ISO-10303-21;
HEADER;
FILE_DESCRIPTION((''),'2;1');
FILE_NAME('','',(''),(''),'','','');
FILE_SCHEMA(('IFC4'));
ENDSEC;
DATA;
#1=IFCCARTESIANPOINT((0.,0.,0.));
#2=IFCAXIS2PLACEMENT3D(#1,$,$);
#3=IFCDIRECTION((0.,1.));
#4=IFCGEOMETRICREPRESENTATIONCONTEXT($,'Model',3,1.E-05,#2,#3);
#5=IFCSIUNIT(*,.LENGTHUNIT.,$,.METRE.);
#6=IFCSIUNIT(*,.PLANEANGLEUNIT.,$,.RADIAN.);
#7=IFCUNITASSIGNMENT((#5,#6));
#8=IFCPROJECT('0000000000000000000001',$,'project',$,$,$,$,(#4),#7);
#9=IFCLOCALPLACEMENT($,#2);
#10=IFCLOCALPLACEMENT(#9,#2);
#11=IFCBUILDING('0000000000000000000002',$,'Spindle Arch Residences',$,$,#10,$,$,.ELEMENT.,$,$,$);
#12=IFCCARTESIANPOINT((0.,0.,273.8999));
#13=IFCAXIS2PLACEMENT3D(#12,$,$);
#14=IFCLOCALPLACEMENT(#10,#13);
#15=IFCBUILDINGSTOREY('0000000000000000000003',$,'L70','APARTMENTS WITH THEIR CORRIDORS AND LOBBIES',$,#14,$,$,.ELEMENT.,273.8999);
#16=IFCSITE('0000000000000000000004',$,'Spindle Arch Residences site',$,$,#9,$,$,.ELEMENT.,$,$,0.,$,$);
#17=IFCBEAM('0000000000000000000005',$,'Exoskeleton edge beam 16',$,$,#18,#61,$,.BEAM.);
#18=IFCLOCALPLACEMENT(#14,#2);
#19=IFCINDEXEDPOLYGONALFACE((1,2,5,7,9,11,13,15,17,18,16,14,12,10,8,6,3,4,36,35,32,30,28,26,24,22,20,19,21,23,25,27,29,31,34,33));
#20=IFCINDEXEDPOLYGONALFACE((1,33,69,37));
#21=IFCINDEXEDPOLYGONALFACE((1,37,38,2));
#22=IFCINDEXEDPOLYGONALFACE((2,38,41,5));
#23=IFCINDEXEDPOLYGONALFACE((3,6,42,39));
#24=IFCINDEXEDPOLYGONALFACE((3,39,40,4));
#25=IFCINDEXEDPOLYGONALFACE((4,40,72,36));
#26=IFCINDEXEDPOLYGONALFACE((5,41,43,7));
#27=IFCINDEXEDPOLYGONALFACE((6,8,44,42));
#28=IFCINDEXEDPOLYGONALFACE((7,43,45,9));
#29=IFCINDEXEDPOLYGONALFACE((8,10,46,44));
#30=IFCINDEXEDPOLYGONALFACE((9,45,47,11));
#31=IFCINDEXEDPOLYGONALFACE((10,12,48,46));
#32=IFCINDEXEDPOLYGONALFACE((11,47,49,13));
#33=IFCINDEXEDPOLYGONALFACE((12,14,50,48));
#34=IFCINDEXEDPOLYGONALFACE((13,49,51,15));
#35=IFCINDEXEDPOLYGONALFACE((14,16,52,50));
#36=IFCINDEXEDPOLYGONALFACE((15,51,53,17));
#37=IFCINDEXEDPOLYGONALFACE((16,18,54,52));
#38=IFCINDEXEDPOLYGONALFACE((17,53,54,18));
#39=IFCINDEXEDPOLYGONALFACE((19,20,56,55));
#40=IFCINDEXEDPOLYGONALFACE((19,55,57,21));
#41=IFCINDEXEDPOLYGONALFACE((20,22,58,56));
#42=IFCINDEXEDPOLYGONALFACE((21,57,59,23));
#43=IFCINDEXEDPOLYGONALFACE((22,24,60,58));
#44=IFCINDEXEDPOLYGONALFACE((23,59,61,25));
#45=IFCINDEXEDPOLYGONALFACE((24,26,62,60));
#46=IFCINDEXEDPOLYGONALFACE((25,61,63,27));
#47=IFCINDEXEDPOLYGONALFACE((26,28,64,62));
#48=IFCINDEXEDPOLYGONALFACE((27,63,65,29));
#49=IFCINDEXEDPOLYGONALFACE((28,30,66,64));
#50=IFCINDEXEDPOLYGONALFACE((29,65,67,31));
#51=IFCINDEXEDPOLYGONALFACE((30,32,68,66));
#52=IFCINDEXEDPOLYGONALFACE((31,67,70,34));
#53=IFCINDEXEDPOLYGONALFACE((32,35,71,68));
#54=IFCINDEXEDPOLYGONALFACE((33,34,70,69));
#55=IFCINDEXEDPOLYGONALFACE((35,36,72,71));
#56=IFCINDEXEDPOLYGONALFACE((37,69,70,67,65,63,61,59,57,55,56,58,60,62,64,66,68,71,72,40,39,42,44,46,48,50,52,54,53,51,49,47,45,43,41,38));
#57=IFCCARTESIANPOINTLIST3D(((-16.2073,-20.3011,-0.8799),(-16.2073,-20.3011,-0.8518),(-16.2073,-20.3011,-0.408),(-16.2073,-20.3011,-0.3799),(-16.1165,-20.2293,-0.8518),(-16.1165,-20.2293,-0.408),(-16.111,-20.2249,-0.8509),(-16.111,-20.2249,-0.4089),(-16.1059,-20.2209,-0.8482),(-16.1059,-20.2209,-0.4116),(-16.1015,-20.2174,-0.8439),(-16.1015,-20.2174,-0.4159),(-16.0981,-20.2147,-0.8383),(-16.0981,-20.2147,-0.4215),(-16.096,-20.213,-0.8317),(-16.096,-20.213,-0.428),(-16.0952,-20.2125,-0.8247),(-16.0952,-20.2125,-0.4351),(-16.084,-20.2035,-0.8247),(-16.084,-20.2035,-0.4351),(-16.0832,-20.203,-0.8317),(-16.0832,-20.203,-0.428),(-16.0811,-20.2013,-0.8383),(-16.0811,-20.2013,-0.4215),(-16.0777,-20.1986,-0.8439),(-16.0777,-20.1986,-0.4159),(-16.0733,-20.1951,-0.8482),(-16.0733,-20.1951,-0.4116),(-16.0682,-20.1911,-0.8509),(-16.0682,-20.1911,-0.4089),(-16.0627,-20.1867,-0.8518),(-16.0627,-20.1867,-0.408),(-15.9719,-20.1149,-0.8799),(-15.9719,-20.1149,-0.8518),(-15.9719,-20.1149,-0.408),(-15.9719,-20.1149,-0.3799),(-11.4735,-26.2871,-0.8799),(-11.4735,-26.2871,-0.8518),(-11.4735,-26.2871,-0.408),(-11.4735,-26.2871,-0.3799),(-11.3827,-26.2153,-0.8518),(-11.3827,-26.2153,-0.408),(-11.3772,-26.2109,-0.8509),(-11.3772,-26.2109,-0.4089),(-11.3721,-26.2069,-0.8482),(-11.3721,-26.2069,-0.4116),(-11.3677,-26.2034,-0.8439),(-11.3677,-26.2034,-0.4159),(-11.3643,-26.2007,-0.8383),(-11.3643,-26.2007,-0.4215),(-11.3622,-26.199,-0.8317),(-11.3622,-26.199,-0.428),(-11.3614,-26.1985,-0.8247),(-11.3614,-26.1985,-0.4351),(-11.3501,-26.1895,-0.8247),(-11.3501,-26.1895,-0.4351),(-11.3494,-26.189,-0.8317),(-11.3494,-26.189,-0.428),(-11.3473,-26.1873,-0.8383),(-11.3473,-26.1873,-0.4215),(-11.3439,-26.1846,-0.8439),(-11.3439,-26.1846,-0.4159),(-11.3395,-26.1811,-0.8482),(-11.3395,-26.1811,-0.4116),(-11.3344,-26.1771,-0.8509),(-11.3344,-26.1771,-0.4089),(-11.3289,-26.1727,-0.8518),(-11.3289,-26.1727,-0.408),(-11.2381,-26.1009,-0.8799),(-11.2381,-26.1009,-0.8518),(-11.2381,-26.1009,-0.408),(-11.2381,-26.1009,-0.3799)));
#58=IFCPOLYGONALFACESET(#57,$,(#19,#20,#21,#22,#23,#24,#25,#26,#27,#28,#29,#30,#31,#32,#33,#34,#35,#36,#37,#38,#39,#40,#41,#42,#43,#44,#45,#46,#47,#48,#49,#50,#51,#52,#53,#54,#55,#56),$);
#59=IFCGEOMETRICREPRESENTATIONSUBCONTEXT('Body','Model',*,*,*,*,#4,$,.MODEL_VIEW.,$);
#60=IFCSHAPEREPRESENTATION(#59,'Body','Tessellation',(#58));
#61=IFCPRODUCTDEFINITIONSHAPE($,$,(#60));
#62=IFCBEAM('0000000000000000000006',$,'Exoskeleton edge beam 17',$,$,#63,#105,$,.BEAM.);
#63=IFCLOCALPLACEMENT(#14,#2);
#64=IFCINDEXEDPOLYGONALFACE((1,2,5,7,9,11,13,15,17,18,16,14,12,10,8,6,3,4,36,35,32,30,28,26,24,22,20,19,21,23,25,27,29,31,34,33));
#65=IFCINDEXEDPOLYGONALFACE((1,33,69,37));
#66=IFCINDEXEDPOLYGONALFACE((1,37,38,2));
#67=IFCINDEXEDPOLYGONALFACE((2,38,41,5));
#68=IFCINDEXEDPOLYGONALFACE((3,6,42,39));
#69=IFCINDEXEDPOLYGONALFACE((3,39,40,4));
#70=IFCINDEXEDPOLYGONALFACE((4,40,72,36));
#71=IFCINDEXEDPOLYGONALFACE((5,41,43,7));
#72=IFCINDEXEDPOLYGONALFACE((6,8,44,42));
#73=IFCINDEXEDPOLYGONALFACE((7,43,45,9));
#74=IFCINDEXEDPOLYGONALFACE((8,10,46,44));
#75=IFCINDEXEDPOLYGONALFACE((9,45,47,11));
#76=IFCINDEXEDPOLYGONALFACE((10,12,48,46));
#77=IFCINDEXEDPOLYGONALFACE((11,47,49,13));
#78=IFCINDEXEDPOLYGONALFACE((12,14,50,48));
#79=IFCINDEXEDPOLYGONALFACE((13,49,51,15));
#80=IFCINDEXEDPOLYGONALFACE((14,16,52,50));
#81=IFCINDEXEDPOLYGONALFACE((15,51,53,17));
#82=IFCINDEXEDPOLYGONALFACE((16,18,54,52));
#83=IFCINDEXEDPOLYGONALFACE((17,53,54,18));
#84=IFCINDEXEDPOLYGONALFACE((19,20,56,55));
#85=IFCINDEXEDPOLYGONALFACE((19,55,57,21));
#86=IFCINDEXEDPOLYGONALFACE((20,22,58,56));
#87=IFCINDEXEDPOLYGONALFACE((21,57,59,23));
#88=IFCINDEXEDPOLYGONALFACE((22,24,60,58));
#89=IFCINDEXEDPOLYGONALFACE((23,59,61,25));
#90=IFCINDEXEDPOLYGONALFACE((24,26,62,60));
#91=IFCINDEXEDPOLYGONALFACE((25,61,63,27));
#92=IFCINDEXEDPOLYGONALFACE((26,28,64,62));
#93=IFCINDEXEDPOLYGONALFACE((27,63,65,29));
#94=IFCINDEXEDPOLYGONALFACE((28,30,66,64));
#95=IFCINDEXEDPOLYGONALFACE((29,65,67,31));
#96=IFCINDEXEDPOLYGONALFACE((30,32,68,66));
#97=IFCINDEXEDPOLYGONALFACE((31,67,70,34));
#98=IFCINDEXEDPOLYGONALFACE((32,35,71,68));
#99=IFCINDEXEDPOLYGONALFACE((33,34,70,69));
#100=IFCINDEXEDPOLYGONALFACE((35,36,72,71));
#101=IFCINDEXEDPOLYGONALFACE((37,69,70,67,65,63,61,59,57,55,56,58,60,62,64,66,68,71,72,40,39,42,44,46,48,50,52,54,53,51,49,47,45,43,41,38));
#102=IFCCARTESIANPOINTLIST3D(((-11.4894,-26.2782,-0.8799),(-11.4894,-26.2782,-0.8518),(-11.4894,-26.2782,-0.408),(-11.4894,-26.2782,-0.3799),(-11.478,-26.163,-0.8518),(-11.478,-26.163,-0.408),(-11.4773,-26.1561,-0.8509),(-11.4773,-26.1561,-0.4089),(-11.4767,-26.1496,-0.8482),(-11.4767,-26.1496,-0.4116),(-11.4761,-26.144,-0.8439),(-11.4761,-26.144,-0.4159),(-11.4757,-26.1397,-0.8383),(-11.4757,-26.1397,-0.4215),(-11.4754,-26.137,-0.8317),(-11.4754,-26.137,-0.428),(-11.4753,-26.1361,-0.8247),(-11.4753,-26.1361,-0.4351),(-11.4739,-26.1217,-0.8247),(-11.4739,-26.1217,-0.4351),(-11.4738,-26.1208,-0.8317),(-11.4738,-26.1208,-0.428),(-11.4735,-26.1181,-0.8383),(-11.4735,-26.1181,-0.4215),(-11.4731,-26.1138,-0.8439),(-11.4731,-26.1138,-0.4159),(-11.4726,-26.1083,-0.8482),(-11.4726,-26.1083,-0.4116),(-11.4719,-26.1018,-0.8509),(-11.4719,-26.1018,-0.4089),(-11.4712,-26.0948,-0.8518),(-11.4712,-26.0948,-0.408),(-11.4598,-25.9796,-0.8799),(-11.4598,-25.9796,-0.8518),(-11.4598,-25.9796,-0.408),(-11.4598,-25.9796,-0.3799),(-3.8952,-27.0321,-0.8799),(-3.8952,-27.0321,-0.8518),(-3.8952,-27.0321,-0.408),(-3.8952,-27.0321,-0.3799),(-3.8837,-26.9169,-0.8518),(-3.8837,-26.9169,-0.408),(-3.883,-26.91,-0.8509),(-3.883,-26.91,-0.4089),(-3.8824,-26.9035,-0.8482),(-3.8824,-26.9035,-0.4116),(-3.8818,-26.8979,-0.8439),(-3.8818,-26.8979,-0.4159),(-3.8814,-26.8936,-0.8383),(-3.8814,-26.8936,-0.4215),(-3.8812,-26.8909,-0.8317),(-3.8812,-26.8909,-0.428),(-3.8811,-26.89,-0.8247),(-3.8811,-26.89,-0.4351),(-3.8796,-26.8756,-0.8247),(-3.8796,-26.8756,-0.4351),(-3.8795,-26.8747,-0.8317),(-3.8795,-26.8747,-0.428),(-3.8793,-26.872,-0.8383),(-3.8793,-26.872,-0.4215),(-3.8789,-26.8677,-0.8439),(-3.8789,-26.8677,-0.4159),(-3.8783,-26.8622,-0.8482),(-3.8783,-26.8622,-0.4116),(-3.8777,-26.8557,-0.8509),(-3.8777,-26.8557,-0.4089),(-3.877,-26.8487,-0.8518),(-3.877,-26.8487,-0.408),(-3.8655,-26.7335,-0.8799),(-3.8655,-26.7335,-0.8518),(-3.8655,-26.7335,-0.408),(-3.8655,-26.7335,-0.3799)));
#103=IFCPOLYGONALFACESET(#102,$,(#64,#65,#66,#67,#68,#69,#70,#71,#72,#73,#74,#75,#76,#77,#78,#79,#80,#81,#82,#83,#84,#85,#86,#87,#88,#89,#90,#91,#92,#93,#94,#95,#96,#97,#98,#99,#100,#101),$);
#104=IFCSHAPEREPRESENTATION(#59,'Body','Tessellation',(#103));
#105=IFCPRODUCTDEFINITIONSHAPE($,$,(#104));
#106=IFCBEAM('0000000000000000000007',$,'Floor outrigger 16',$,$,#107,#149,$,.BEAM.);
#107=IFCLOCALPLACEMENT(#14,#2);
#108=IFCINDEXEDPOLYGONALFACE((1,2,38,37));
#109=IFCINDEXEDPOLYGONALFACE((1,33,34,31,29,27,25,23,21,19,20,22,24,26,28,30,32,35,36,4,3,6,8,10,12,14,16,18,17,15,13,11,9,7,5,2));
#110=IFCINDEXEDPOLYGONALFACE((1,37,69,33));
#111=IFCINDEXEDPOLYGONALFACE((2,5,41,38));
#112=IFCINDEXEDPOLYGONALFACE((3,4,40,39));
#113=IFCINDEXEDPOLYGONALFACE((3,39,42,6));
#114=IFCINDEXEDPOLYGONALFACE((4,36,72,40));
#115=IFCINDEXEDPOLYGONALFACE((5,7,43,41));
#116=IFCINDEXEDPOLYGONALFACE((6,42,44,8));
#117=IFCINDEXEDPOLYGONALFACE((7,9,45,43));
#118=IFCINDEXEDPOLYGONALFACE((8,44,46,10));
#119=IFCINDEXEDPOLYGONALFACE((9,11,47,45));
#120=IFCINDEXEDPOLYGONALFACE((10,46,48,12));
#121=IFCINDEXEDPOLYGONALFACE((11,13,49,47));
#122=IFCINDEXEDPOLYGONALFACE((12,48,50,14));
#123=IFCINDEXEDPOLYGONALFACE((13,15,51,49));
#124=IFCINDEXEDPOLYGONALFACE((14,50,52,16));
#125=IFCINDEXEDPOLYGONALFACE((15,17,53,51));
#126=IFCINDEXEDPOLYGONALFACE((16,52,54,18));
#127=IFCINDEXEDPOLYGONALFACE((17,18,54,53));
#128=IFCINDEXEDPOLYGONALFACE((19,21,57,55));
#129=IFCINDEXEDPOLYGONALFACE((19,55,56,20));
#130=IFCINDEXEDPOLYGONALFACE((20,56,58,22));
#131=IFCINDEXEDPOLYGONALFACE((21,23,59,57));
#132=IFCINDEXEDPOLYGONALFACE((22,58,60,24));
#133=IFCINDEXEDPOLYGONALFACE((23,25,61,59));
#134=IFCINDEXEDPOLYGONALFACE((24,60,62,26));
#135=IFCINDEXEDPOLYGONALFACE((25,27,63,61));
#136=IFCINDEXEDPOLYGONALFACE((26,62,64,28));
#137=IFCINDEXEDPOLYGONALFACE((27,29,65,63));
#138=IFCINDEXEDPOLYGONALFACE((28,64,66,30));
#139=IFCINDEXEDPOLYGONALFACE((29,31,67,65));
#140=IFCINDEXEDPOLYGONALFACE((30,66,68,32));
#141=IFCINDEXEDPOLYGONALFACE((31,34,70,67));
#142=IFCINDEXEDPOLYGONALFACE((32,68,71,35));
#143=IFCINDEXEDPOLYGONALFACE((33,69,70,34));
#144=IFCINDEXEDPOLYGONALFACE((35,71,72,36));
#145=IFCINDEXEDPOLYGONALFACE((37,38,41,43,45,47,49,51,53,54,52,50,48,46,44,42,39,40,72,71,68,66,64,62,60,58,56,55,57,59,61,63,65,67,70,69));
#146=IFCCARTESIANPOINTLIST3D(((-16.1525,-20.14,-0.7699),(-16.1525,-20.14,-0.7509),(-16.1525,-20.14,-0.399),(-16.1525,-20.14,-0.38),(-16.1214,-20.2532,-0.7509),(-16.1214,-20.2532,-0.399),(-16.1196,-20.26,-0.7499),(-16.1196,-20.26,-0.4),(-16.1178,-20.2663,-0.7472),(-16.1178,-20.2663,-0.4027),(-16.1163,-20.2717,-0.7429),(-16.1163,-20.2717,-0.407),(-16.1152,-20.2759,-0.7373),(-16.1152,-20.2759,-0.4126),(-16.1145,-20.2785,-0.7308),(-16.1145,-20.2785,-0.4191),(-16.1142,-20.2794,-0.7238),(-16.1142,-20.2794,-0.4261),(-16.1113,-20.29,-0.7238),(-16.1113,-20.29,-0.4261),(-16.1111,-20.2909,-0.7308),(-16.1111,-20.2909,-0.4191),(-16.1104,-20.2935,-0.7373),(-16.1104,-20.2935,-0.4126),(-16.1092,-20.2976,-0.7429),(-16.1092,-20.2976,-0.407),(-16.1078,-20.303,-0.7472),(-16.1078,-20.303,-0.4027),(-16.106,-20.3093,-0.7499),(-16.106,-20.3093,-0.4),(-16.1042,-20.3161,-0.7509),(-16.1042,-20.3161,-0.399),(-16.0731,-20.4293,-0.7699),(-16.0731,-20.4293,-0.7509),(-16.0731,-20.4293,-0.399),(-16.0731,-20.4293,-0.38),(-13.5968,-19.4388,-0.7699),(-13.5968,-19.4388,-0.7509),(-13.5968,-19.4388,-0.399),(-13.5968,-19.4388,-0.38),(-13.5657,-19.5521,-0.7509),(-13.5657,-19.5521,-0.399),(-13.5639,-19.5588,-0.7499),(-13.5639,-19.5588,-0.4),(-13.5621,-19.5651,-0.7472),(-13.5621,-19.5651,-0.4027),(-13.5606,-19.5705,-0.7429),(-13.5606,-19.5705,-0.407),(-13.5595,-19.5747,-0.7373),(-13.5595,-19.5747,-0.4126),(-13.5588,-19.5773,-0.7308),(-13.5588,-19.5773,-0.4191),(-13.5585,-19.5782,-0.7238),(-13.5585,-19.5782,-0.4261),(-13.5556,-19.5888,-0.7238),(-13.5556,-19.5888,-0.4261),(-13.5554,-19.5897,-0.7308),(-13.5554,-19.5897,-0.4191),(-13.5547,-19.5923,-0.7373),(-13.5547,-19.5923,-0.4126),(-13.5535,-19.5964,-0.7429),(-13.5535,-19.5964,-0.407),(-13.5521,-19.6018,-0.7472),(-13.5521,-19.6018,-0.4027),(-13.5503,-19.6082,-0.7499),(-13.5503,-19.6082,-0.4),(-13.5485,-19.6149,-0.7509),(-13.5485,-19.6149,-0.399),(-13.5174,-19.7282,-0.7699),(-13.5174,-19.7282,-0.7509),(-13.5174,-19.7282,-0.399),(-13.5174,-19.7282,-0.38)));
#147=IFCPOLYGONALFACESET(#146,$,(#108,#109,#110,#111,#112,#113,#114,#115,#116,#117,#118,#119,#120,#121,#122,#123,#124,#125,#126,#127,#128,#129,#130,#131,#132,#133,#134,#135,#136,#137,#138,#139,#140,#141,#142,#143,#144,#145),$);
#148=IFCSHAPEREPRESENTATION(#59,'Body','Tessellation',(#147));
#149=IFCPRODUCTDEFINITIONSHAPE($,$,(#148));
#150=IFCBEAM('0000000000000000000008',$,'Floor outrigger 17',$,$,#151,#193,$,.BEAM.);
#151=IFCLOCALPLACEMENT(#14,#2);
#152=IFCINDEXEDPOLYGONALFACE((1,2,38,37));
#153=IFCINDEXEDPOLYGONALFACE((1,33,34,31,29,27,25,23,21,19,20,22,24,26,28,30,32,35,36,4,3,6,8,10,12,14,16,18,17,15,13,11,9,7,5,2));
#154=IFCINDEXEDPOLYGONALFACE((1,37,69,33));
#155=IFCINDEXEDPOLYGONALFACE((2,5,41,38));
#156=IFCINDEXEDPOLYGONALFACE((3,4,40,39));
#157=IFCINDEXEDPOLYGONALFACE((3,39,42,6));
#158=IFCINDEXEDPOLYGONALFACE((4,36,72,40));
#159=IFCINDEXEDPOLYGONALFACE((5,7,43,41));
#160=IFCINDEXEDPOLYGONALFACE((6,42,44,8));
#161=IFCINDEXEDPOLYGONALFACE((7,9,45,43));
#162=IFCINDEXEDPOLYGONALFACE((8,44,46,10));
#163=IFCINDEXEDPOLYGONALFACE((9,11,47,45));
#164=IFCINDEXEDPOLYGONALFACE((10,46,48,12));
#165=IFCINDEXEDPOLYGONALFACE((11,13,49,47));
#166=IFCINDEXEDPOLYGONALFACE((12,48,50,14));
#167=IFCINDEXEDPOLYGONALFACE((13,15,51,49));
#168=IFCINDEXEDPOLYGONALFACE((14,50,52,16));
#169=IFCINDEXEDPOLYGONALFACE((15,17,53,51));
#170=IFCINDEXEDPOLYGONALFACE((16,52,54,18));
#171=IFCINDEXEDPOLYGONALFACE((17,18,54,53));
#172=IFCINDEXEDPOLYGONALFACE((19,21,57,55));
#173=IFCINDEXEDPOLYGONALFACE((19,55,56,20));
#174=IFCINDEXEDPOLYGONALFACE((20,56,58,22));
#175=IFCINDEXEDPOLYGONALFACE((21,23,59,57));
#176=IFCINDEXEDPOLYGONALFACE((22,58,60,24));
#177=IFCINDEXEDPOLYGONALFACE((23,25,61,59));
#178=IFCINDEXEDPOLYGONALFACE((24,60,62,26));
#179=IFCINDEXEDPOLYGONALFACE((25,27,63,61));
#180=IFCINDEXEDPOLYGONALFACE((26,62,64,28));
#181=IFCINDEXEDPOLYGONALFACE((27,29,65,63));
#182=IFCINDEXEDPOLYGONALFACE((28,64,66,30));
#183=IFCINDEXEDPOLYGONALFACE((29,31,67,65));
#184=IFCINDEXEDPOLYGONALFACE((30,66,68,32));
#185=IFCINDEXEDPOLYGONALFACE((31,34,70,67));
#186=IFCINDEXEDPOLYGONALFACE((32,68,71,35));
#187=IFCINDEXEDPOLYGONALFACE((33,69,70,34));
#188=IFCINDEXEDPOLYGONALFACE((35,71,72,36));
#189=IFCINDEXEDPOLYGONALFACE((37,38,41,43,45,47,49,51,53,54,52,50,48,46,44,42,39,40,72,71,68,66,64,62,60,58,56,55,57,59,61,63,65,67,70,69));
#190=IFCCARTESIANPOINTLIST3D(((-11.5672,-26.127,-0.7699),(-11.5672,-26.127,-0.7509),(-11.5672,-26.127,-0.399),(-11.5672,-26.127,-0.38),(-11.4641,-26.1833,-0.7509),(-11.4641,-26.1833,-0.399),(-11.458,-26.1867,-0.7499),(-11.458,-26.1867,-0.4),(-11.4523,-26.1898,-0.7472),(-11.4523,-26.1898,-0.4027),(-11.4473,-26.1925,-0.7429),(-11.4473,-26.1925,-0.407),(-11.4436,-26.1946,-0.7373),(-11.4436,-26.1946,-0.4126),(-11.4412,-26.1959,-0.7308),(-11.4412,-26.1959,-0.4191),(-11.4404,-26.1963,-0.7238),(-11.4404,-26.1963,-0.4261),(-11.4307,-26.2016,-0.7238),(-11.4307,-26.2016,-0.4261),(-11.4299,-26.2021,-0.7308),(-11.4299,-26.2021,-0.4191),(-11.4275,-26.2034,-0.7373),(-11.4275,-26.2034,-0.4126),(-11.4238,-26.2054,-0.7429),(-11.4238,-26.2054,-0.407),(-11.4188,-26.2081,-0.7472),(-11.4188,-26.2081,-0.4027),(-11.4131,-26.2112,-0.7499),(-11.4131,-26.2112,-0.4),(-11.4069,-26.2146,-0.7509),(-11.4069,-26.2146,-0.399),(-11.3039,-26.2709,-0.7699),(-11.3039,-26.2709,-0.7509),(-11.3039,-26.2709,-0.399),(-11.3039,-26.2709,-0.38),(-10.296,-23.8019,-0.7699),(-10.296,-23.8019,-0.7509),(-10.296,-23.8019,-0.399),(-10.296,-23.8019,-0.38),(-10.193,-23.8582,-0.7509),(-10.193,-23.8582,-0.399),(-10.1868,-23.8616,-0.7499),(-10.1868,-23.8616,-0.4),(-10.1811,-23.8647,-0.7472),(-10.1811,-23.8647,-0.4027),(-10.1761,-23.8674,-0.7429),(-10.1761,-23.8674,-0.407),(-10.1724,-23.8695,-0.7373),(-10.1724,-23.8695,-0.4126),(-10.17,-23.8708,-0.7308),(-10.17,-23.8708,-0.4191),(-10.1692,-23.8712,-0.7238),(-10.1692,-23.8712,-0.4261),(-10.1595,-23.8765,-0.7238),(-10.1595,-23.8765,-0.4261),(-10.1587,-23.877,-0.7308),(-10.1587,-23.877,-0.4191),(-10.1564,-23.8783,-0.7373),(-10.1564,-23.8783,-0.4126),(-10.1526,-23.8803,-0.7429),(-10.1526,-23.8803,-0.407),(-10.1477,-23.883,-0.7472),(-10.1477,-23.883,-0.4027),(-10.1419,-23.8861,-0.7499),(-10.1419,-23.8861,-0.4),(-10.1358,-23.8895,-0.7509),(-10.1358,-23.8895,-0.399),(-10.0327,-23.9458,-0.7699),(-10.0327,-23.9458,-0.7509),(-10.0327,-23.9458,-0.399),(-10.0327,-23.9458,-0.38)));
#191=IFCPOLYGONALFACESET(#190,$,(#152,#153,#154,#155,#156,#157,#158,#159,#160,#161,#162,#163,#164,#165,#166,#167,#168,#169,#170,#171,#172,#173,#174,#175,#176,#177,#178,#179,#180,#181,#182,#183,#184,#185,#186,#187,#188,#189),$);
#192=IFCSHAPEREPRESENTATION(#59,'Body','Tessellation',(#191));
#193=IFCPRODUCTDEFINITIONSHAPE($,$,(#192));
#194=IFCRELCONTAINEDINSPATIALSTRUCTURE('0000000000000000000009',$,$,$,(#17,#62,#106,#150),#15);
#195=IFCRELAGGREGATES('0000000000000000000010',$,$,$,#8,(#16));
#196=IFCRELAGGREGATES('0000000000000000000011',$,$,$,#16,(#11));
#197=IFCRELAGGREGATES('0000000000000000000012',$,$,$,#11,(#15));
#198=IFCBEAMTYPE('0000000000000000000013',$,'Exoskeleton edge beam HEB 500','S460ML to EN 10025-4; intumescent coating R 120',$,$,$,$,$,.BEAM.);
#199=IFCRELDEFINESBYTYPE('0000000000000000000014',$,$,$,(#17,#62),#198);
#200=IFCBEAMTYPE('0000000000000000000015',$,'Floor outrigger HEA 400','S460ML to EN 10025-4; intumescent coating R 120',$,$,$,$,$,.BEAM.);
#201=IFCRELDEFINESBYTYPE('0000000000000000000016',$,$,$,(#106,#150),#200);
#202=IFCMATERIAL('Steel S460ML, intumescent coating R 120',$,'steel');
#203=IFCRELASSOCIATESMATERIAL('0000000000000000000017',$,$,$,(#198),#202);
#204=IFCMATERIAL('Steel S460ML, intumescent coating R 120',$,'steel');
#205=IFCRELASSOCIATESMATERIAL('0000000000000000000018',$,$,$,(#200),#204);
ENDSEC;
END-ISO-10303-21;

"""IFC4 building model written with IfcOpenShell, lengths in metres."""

from ifc_helpers import new_model, si_unit, direction, frame, origin, origin_2d, place, context, subcontext, project, spatial, i_section, extrude, material, material_profile, profile_set, type_object, element, save


model = new_model("IFC4")

# Units and contexts
model_context = context("Model", 3, precision=1e-05, world=origin(), true_north=direction((0.0, 1.0)))
body_context = subcontext(model_context, "Body", "Model", "MODEL_VIEW")
ifc_project = project(units=[si_unit("LENGTHUNIT", "METRE"), si_unit("PLANEANGLEUNIT", "RADIAN")], contexts=[model_context])

# Site, building, storey
site_placement = place(None, origin())
site = spatial("IfcSite", under=ifc_project, at=site_placement, Name="Spindle Arch Residences site", CompositionType="ELEMENT", RefElevation=0.0)
building_placement = place(site_placement, origin())
building = spatial("IfcBuilding", under=site, at=building_placement, Name="Spindle Arch Residences", CompositionType="ELEMENT")
storey_placement = place(building_placement, frame((0.0, 0.0, 273.8999)))
storey = spatial("IfcBuildingStorey", under=building, at=storey_placement, Name="L70", Description="APARTMENTS WITH THEIR CORRIDORS AND LOBBIES", CompositionType="ELEMENT", Elevation=273.8999)

# Beams
ifc_material_1 = material(Name="Steel S460ML, intumescent coating R 120", Category="steel")
ifc_material_profile_1 = material_profile(ifc_material_1, i_section(OverallWidth=0.3, OverallDepth=0.5, WebThickness=0.0144, FlangeThickness=0.0281, FilletRadius=0.0271, at=origin_2d()), Name="HEB 500")
ifc_profile_set_1 = profile_set([ifc_material_profile_1], Name="Steel S460ML, intumescent coating R 120")
beam_type_1 = type_object("IfcBeamType", Name="Exoskeleton edge beam HEB 500", Description="S460ML to EN 10025-4; intumescent coating R 120", PredefinedType="BEAM", material=ifc_profile_set_1)
for number, where, z_axis, x_axis, name in (
    (1, (-16.0896, -20.208, -0.6299), (0.620292, -0.784371, 0.0), (0.784371, 0.620292, 0.0), "Exoskeleton edge beam 16"),
    (2, (-11.4746, -26.1289, -0.6299), (0.995109, -0.098788, 0.0), (0.098788, 0.995109, 0.0), "Exoskeleton edge beam 17"),
):
    element("IfcBeam", number, at=place(storey_placement, frame(where, z_axis=z_axis, x_axis=x_axis)), inside=storey, type_object=beam_type_1, Name=name, PredefinedType="BEAM", context=body_context, shape_type="SweptSolid", body=[
        extrude(i_section(OverallWidth=0.3, OverallDepth=0.5, WebThickness=0.0144, FlangeThickness=0.0281, FilletRadius=0.0271, at=origin_2d()), origin(), (0.0, 0.0, 1.0), 7.6316),
    ])
ifc_material_2 = material(Name="Steel S460ML, intumescent coating R 120", Category="steel")
ifc_material_profile_2 = material_profile(ifc_material_2, i_section(OverallWidth=0.3, OverallDepth=0.3899, WebThickness=0.011, FlangeThickness=0.019, FilletRadius=0.0271, at=origin_2d()), Name="HEA 400")
ifc_profile_set_2 = profile_set([ifc_material_profile_2], Name="Steel S460ML, intumescent coating R 120")
beam_type_2 = type_object("IfcBeamType", Name="Floor outrigger HEA 400", Description="S460ML to EN 10025-4; intumescent coating R 120", PredefinedType="BEAM", material=ifc_profile_set_2)
beam_1_placement = place(storey_placement, frame((-16.1128, -20.2847, -0.575), z_axis=(0.964363, 0.264583, 0.0), x_axis=(-0.264583, 0.964363, 0.0)))
element("IfcBeam", 3, at=beam_1_placement, inside=storey, type_object=beam_type_2, Name="Floor outrigger 16", PredefinedType="BEAM", context=body_context, shape_type="SweptSolid", body=[
    extrude(i_section(OverallWidth=0.3, OverallDepth=0.3899, WebThickness=0.011, FlangeThickness=0.019, FilletRadius=0.0271, at=origin_2d()), origin(), (0.0, 0.0, 1.0), 2.6501),
])
beam_2_placement = place(storey_placement, frame((-11.4355, -26.199, -0.575), z_axis=(0.47971, 0.877427, 0.0), x_axis=(-0.877427, 0.47971, 0.0)))
element("IfcBeam", 4, at=beam_2_placement, inside=storey, type_object=beam_type_2, Name="Floor outrigger 17", PredefinedType="BEAM", context=body_context, shape_type="SweptSolid", body=[
    extrude(i_section(OverallWidth=0.3, OverallDepth=0.3899, WebThickness=0.011, FlangeThickness=0.019, FilletRadius=0.0271, at=origin_2d()), origin(), (0.0, 0.0, 1.0), 2.6499),
])

save(model, "model.ifc")
